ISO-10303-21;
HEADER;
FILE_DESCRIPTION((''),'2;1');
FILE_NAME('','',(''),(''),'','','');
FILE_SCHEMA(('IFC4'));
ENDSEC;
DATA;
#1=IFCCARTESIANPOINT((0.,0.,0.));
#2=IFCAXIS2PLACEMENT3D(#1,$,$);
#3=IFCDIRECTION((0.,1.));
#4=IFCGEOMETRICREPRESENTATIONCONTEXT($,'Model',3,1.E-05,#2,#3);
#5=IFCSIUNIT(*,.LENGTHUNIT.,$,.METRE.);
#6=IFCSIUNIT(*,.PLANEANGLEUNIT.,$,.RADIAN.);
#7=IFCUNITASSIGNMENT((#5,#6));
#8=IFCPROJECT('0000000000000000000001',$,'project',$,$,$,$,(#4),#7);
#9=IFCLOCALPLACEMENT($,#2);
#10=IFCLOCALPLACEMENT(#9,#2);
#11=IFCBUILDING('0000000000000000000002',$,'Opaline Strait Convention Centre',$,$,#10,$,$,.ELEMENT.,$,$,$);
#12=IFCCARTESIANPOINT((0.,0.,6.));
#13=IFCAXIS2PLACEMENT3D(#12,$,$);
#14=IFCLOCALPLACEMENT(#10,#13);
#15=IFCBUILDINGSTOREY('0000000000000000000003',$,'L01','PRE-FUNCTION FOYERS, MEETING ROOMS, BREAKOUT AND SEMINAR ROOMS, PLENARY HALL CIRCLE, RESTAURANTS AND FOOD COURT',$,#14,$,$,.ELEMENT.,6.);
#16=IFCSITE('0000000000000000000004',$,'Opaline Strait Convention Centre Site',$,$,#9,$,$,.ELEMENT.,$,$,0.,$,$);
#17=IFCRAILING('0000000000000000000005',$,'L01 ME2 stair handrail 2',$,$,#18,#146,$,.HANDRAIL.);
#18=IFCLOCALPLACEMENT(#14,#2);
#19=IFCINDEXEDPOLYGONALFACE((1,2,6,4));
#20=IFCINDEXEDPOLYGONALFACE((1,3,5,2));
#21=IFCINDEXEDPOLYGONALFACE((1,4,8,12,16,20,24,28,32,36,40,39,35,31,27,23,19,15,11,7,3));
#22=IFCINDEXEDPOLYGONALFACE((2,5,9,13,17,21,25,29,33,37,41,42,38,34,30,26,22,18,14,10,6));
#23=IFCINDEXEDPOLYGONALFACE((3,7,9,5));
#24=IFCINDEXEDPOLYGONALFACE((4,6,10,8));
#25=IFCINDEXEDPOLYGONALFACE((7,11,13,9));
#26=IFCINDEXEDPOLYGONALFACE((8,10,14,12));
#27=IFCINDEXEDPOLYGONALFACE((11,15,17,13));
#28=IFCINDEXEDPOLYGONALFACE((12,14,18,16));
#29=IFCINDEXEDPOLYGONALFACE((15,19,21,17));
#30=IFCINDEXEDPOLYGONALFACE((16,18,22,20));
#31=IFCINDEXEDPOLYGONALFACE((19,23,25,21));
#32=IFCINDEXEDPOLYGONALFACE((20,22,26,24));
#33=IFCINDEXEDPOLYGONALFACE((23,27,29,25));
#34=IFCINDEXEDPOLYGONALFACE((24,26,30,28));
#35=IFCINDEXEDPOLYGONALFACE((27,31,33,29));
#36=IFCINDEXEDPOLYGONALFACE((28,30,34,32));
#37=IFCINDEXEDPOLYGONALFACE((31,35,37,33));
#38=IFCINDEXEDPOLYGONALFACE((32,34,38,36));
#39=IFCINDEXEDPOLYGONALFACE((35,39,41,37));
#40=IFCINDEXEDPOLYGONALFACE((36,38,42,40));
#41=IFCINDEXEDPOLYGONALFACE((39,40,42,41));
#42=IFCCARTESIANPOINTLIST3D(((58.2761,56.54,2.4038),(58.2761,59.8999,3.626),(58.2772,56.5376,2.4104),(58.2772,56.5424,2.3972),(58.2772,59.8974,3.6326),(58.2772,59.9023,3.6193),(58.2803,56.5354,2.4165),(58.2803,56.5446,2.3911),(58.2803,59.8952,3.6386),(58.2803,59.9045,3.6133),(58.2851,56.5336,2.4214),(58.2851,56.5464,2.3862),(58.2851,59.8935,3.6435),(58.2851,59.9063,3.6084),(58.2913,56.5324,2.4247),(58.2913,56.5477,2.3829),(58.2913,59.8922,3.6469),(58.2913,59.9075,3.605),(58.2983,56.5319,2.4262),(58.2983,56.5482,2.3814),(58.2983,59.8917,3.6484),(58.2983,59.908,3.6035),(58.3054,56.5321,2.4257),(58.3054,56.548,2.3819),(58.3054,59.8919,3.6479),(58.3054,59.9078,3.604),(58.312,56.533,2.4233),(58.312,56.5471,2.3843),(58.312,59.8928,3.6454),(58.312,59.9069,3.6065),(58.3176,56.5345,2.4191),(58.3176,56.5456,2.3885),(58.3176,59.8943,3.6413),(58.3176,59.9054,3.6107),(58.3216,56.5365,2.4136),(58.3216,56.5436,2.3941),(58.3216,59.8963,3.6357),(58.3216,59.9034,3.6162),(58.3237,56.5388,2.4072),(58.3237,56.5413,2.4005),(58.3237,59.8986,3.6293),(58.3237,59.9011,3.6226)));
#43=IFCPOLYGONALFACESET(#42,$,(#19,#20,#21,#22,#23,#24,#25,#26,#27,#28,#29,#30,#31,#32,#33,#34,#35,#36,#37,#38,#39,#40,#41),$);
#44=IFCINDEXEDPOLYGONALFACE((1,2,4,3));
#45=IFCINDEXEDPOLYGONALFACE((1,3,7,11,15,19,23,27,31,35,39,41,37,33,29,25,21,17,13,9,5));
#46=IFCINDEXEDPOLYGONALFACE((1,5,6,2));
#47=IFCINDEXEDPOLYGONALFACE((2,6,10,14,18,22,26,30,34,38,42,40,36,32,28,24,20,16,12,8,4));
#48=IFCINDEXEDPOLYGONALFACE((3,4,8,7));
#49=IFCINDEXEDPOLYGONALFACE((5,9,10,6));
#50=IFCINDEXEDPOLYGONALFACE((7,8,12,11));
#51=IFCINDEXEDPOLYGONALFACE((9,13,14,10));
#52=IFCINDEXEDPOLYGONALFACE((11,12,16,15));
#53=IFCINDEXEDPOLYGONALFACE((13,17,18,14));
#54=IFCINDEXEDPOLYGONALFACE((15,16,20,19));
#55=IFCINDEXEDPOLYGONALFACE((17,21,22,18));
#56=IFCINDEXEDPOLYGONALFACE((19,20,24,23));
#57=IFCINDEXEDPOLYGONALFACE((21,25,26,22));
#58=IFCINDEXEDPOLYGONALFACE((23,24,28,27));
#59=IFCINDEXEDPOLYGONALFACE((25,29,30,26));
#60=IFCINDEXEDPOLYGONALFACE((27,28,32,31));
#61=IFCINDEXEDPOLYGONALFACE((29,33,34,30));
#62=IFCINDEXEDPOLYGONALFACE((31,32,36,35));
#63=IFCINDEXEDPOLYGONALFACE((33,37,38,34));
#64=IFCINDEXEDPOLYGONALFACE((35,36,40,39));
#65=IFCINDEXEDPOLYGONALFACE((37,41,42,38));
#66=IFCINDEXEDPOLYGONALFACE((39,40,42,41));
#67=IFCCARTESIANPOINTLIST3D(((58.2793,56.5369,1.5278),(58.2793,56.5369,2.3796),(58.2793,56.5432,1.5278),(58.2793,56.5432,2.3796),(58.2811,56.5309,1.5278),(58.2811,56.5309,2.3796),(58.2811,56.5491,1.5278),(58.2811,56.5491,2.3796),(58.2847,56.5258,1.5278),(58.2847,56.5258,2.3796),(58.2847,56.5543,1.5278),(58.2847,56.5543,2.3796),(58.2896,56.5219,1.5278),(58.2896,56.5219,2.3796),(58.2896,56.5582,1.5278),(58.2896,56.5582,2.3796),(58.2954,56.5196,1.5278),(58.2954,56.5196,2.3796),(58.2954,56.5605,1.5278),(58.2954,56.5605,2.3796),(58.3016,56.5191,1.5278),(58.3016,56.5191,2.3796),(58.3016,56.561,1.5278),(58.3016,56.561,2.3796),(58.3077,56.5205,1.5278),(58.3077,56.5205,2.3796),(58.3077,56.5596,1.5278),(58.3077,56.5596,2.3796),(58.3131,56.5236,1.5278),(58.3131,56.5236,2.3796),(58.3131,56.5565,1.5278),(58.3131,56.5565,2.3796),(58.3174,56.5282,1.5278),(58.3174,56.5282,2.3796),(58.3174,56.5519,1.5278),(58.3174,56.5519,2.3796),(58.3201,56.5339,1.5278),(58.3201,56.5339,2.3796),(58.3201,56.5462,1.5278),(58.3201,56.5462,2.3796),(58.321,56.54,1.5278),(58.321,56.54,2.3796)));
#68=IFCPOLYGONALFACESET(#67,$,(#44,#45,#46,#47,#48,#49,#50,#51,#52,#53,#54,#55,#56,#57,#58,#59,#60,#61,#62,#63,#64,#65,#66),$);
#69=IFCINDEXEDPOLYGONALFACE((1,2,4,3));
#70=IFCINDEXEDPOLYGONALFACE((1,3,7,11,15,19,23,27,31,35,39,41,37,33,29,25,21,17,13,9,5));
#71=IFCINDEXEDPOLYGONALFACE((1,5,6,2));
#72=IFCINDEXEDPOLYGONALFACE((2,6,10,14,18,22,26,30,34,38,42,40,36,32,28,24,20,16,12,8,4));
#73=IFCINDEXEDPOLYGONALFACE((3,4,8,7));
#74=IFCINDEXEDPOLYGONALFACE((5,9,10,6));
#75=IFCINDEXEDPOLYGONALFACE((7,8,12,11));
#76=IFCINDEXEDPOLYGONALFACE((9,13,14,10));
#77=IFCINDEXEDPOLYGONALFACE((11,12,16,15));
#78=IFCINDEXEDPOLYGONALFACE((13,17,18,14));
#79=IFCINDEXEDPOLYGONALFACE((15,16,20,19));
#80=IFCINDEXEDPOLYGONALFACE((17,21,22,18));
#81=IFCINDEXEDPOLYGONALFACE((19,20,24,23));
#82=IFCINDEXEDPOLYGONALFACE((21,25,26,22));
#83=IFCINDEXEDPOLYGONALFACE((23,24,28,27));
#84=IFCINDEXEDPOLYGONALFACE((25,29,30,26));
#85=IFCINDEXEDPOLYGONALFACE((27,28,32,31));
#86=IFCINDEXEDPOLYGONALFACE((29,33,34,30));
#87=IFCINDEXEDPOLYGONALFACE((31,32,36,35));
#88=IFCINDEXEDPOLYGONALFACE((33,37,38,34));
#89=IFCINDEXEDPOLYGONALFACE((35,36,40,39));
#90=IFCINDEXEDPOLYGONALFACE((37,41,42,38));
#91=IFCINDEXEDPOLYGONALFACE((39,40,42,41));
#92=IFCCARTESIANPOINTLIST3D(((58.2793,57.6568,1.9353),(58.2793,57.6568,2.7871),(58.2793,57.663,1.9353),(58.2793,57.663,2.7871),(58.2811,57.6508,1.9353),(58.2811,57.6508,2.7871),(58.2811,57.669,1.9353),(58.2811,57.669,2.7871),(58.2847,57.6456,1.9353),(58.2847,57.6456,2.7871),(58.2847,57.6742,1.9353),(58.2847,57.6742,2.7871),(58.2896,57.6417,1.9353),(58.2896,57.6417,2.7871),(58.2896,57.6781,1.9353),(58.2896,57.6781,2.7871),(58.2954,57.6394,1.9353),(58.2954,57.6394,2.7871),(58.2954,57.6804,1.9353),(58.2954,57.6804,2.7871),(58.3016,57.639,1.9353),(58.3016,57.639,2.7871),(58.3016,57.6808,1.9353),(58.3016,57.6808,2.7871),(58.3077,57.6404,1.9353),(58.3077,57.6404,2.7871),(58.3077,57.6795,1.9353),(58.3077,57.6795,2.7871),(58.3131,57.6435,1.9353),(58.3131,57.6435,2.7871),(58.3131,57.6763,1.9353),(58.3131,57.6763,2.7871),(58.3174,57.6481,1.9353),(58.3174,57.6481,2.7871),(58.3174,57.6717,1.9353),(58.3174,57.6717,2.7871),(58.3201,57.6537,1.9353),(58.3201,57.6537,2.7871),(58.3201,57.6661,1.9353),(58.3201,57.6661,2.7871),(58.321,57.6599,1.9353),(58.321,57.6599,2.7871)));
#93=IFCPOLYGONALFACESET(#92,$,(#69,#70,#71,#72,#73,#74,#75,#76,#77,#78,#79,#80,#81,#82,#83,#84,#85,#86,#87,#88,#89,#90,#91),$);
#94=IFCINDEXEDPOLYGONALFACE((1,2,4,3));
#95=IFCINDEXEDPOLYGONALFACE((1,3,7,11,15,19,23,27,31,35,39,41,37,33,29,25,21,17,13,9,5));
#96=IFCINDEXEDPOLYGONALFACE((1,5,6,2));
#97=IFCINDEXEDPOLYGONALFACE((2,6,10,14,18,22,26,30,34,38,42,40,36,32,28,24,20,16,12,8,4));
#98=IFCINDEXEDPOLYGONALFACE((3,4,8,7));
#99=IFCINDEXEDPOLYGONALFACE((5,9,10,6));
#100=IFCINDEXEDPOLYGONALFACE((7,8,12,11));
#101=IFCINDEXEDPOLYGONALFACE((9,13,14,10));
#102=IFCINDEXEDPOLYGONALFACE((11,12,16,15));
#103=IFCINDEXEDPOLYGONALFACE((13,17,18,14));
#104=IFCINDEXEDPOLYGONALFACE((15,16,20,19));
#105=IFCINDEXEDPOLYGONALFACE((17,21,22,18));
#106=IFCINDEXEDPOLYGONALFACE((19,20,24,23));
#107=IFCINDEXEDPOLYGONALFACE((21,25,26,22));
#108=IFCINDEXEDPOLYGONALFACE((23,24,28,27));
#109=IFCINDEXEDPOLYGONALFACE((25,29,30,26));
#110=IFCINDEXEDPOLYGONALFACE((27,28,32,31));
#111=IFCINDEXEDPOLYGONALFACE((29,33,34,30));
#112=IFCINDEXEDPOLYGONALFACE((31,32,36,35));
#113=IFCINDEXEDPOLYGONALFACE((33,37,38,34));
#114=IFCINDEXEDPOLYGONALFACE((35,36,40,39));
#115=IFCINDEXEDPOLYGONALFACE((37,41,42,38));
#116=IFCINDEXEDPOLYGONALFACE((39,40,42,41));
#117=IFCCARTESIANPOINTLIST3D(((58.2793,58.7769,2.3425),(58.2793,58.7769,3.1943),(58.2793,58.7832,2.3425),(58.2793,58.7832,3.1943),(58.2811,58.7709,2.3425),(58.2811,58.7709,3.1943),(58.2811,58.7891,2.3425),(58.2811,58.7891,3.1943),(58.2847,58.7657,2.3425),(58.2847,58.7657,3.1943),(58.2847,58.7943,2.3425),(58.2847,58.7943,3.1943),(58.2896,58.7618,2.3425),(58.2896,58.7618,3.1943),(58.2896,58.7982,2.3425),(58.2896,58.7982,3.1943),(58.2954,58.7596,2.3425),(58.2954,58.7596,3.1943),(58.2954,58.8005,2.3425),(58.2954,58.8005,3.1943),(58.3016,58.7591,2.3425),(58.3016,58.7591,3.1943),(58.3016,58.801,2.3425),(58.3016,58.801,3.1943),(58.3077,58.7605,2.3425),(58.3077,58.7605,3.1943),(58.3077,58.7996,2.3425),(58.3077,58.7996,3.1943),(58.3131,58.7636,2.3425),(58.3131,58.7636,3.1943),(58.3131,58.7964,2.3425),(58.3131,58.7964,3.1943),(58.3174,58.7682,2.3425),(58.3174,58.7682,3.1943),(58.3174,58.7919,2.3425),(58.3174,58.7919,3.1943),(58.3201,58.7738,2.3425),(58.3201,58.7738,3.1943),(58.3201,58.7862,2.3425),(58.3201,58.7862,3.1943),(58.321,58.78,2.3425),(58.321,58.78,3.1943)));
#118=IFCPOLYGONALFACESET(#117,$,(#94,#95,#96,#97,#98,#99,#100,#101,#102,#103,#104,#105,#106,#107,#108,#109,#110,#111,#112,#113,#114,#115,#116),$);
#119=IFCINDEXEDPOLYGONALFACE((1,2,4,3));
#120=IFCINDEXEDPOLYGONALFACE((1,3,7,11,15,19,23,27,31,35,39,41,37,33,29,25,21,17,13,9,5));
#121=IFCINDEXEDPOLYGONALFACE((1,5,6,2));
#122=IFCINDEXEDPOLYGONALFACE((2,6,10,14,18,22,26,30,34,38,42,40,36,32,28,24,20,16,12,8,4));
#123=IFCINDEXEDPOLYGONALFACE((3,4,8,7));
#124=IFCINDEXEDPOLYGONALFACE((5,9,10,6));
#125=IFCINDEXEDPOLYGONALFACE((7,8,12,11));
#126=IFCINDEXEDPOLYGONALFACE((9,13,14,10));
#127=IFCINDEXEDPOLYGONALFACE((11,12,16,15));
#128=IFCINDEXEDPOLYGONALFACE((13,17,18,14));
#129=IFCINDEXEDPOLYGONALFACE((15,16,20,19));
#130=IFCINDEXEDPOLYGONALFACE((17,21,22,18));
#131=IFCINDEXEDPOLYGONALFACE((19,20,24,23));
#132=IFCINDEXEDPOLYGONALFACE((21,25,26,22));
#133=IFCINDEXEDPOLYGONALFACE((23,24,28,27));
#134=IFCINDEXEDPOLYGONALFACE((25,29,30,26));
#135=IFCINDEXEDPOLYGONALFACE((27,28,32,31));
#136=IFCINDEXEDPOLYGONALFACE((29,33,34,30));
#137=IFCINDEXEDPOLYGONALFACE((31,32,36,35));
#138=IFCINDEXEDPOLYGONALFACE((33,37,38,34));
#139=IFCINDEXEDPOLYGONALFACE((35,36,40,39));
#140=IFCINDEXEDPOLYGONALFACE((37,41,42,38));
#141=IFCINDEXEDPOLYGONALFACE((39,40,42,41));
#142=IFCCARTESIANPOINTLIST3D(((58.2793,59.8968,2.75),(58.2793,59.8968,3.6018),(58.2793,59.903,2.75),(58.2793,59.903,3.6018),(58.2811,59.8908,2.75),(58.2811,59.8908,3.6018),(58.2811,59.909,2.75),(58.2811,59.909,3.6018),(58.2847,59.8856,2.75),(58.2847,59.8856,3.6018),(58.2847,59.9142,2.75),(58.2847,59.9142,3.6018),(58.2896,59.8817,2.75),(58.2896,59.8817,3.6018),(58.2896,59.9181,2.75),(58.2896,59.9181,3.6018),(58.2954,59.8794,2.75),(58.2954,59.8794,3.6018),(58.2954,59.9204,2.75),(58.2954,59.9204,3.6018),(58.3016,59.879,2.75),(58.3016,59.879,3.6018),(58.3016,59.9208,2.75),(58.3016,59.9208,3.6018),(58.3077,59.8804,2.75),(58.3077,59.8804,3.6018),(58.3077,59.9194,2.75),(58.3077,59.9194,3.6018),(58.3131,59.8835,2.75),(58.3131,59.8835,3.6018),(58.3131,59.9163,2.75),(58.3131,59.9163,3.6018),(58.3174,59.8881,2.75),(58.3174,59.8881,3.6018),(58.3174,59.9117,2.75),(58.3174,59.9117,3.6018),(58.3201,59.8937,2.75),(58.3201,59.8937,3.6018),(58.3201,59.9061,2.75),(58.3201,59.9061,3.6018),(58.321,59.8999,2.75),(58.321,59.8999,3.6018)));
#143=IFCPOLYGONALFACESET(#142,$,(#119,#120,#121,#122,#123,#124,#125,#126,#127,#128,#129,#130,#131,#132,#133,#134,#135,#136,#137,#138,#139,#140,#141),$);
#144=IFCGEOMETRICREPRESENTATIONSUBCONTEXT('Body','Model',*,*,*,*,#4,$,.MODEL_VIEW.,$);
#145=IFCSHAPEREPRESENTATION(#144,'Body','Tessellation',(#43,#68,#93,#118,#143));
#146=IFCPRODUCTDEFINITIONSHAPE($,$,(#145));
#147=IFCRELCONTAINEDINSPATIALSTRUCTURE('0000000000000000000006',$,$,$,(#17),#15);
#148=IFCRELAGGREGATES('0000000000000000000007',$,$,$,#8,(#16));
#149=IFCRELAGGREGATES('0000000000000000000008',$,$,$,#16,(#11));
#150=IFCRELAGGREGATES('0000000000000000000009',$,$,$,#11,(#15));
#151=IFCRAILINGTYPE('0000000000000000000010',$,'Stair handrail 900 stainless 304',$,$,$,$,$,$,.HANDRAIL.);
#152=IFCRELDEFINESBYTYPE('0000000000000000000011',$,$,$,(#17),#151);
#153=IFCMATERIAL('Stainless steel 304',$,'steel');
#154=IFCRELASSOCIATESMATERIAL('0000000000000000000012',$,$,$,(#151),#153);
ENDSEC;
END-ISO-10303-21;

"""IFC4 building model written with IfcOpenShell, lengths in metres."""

from ifc_helpers import new_model, si_unit, direction, frame, origin, origin_2d, place, context, subcontext, project, spatial, circle, extrude, material, type_object, element, save


model = new_model("IFC4")

# Units and contexts
model_context = context("Model", 3, precision=1e-05, world=origin(), true_north=direction((0.0, 1.0)))
body_context = subcontext(model_context, "Body", "Model", "MODEL_VIEW")
ifc_project = project(units=[si_unit("LENGTHUNIT", "METRE"), si_unit("PLANEANGLEUNIT", "RADIAN")], contexts=[model_context])

# Site, building, storey
site_placement = place(None, origin())
site = spatial("IfcSite", under=ifc_project, at=site_placement, Name="Opaline Strait Convention Centre Site", CompositionType="ELEMENT", RefElevation=0.0)
building_placement = place(site_placement, origin())
building = spatial("IfcBuilding", under=site, at=building_placement, Name="Opaline Strait Convention Centre", CompositionType="ELEMENT")
storey_placement = place(building_placement, frame((0.0, 0.0, 6.0)))
storey = spatial("IfcBuildingStorey", under=building, at=storey_placement, Name="L01", Description="PRE-FUNCTION FOYERS, MEETING ROOMS, BREAKOUT AND SEMINAR ROOMS, PLENARY HALL CIRCLE, RESTAURANTS AND FOOD COURT", CompositionType="ELEMENT", Elevation=6.0)

# Railing
ifc_material_1 = material(Name="Stainless steel 304", Category="steel")
railing_type_1 = type_object("IfcRailingType", Name="Stair handrail 900 stainless 304", PredefinedType="HANDRAIL", material=ifc_material_1)
for number, where, name in (
    (1, (58.3, 56.54, 1.5278), "L01 ME2 stair handrail 2"),
):
    element("IfcRailing", number, at=place(storey_placement, frame(where)), inside=storey, type_object=railing_type_1, Name=name, PredefinedType="HANDRAIL", context=body_context, shape_type="SweptSolid", body=[
        extrude(circle(Radius=0.0239, at=origin_2d()), frame((0.0, 0.0, 0.876), z_axis=(0.0, 0.939758, 0.341842), x_axis=(-1.0, 0.0, 0.0)), (0.0, 0.0, 1.0), 3.5752),
        extrude(circle(Radius=0.021, at=origin_2d()), origin(), (0.0, 0.0, 1.0), 0.8518),
        extrude(circle(Radius=0.021, at=origin_2d()), frame((0.0, 1.1199, 0.4075)), (0.0, 0.0, 1.0), 0.8518),
        extrude(circle(Radius=0.021, at=origin_2d()), frame((0.0, 2.24, 0.8147)), (0.0, 0.0, 1.0), 0.8518),
        extrude(circle(Radius=0.021, at=origin_2d()), frame((0.0, 3.3599, 1.2222)), (0.0, 0.0, 1.0), 0.8518),
    ])

save(model, "model.ifc")
